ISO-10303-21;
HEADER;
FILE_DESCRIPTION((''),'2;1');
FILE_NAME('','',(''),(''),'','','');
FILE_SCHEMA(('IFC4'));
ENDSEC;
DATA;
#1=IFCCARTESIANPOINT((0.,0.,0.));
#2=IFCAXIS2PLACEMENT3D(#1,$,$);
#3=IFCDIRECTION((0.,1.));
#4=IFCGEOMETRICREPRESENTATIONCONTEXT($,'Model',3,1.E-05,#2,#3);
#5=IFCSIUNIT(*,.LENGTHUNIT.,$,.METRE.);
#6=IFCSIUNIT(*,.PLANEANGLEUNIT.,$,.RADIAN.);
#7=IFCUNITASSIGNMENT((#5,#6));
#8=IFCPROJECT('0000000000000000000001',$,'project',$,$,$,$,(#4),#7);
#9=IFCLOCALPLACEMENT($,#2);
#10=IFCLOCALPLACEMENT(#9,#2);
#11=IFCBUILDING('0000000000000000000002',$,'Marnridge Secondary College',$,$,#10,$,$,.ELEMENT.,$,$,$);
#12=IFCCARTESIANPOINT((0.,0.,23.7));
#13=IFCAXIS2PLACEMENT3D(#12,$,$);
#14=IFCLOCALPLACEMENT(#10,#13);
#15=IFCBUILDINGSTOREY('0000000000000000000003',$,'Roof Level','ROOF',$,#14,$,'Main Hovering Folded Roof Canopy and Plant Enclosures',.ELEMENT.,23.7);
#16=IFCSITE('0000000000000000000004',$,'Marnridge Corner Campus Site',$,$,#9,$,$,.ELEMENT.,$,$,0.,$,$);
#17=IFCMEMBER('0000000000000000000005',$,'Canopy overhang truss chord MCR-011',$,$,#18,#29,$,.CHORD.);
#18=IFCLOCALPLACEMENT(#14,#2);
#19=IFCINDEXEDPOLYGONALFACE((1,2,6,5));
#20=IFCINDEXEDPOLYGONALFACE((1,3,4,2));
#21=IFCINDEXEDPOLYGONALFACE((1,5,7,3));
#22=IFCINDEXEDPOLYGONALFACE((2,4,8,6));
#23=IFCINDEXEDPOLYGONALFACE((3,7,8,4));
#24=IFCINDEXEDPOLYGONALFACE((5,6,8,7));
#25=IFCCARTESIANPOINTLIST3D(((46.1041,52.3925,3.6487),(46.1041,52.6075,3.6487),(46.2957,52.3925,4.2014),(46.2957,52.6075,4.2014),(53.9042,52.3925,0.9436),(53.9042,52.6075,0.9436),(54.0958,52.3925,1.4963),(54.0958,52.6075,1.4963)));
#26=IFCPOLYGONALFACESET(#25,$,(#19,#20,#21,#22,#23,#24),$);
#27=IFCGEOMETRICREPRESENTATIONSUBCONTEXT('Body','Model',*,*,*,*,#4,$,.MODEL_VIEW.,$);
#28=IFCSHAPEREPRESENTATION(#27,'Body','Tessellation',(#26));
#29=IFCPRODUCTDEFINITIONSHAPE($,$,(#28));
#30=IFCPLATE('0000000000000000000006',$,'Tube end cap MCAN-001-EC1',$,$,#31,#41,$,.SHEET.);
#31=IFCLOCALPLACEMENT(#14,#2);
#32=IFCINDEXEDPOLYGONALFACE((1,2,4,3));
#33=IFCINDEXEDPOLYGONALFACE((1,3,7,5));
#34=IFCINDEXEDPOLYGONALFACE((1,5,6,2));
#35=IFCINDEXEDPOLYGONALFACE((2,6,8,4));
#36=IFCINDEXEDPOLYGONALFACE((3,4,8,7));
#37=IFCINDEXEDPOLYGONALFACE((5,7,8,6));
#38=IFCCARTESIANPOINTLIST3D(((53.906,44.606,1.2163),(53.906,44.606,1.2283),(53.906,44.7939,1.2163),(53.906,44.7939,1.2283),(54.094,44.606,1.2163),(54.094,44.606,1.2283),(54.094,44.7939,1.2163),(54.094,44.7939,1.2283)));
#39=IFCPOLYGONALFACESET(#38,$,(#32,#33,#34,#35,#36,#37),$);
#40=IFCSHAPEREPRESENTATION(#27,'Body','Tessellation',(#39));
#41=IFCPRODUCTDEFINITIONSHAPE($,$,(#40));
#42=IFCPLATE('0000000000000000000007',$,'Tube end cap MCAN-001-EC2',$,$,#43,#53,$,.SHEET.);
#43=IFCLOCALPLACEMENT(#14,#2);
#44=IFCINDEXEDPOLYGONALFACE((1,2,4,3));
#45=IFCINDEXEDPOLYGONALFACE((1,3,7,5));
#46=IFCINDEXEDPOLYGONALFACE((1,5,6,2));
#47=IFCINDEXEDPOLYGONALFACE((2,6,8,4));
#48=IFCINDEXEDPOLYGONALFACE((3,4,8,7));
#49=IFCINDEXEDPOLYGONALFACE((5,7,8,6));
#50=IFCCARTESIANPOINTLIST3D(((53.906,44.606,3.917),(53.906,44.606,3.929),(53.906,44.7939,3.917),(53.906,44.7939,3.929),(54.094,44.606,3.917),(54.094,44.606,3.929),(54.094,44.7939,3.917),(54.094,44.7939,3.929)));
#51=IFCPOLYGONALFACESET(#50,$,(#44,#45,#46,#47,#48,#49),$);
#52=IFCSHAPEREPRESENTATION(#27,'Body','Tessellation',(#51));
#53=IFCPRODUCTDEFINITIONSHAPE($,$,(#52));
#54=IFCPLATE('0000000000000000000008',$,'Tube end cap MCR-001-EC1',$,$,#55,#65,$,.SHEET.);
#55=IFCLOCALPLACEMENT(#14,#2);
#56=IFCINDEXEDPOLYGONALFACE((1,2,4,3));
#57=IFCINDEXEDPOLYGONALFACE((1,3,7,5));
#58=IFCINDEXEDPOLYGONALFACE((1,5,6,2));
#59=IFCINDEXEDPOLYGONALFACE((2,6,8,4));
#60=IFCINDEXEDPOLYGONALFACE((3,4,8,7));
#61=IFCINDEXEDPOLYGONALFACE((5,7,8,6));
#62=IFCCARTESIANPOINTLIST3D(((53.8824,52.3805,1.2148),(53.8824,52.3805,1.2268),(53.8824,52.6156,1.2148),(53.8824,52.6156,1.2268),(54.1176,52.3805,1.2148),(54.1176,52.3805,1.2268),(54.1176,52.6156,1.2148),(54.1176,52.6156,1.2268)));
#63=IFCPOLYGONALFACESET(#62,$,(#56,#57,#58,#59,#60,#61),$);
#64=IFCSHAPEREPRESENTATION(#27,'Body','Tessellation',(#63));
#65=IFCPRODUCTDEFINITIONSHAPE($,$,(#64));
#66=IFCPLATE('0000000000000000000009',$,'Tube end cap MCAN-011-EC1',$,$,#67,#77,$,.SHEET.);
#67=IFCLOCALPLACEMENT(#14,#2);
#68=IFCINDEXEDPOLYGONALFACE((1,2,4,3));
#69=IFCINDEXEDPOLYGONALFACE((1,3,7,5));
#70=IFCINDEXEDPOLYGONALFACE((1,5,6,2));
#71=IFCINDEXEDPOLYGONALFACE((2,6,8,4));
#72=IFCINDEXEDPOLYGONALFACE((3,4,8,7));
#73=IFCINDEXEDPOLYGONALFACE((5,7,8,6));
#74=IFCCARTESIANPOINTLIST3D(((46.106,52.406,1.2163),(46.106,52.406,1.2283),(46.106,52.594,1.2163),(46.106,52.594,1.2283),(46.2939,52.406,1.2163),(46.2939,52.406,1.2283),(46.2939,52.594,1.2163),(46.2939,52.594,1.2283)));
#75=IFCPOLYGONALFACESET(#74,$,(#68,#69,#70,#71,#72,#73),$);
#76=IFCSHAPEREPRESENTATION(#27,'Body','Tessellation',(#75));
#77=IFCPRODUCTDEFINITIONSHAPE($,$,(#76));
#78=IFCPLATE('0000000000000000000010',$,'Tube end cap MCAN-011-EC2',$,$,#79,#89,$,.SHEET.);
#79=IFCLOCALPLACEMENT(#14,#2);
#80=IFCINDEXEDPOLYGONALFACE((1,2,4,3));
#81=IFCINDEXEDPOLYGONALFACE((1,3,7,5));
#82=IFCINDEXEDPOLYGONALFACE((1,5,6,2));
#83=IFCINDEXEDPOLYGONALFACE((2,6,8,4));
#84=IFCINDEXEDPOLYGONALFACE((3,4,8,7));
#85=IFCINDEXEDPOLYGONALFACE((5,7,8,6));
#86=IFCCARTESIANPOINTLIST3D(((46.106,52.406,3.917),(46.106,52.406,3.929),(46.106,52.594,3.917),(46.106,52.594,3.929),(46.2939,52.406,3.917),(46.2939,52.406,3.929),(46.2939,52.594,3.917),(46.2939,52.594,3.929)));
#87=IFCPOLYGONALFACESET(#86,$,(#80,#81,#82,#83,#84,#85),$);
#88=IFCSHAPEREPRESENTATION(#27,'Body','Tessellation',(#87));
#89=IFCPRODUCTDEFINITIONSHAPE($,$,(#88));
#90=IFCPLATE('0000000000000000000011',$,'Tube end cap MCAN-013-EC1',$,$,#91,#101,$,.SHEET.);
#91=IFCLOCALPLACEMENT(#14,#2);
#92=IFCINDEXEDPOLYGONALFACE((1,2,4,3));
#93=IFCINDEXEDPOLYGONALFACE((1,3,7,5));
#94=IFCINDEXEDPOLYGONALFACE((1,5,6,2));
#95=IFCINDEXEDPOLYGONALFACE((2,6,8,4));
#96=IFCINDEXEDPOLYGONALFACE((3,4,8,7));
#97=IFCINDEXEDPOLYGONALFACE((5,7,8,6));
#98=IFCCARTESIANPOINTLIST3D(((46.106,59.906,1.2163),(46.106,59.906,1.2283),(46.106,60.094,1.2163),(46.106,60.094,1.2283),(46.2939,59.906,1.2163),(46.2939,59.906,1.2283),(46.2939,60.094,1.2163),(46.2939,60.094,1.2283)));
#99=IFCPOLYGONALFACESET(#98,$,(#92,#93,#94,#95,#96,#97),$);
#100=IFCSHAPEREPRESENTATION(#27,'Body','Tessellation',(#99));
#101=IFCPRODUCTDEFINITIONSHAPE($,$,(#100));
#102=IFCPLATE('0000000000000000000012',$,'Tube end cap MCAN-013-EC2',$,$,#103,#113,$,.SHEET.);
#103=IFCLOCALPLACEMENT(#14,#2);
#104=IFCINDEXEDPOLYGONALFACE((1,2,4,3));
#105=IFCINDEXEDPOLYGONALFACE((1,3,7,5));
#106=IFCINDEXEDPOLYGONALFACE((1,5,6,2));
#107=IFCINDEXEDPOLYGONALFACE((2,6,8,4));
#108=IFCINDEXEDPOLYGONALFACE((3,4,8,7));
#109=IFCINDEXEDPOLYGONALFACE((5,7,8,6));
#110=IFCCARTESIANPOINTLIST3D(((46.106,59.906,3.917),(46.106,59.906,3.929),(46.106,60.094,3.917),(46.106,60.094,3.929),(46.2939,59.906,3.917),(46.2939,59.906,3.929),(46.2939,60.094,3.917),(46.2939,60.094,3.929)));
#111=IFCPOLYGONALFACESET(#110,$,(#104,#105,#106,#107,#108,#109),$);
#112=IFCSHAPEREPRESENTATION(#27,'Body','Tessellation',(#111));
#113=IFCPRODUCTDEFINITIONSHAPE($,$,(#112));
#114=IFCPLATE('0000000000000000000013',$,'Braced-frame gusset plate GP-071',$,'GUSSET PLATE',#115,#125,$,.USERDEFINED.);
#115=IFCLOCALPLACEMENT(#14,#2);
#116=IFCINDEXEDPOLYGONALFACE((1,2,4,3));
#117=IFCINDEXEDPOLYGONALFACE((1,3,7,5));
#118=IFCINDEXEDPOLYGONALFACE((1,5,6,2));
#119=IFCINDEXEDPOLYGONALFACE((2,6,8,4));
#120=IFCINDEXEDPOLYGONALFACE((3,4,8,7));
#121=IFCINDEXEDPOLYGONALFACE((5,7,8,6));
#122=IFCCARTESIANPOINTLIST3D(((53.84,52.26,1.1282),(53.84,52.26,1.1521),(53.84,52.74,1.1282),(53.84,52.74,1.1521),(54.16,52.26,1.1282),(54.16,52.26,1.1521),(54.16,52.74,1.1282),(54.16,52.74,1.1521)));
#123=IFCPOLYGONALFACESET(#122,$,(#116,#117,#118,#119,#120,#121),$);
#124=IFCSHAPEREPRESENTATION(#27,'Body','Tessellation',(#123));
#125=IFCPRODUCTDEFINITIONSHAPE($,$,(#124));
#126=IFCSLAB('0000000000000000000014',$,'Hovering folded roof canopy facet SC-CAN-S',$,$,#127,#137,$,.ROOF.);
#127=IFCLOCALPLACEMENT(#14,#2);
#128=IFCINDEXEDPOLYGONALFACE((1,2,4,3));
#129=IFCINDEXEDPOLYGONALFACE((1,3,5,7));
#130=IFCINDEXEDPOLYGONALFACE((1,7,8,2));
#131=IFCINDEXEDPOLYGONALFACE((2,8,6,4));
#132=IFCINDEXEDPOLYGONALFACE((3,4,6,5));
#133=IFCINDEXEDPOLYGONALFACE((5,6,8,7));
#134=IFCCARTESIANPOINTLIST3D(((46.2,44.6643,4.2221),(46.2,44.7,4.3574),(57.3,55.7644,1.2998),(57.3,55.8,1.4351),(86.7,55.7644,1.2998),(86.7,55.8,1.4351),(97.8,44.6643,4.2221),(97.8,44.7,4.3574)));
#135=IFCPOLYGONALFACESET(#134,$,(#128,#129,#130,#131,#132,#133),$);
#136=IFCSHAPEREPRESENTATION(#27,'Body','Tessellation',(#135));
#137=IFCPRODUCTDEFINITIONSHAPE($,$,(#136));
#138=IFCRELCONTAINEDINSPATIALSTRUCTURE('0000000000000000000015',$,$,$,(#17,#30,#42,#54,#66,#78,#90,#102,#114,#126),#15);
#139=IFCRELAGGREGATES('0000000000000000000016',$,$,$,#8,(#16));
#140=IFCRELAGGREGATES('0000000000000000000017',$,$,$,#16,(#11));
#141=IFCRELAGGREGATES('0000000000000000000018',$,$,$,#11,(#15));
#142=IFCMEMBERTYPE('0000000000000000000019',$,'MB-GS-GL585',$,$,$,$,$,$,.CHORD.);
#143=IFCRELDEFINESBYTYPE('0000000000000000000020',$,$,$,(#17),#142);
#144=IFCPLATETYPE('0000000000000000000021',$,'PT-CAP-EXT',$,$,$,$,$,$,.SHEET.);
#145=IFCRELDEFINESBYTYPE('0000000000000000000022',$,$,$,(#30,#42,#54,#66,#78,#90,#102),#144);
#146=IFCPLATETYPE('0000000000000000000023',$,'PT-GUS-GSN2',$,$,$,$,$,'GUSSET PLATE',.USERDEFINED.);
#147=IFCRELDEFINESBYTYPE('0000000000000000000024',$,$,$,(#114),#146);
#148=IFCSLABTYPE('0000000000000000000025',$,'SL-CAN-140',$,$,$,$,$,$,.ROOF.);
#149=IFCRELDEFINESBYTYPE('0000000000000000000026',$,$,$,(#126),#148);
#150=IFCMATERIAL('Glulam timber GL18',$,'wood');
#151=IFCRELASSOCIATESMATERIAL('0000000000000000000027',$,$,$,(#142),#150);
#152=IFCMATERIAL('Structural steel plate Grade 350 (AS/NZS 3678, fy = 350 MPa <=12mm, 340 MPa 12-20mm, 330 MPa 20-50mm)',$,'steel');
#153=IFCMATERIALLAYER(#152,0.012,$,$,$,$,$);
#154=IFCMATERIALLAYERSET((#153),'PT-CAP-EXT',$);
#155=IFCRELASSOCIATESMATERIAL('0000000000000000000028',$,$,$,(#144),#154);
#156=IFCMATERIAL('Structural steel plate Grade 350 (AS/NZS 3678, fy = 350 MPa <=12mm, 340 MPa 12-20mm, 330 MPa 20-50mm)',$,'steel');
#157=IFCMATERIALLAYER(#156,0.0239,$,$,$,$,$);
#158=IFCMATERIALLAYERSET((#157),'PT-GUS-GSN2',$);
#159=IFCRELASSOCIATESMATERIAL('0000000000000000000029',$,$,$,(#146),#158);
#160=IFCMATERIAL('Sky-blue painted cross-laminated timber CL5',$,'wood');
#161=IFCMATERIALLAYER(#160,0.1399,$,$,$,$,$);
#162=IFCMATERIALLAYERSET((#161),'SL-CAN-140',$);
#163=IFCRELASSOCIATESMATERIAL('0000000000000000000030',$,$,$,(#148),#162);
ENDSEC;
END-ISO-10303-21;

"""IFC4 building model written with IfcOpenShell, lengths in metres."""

from ifc_helpers import new_model, si_unit, direction, frame, origin, origin_2d, place, context, subcontext, project, spatial, polyline, rectangle, outline, extrude, material, layer, layer_set, material_profile, profile_set, type_object, element, save


model = new_model("IFC4")

# Units and contexts
model_context = context("Model", 3, precision=1e-05, world=origin(), true_north=direction((0.0, 1.0)))
body_context = subcontext(model_context, "Body", "Model", "MODEL_VIEW")
ifc_project = project(units=[si_unit("LENGTHUNIT", "METRE"), si_unit("PLANEANGLEUNIT", "RADIAN")], contexts=[model_context])

# Site, building, storey
site_placement = place(None, origin())
site = spatial("IfcSite", under=ifc_project, at=site_placement, Name="Marnridge Corner Campus Site", CompositionType="ELEMENT", RefElevation=0.0)
building_placement = place(site_placement, origin())
building = spatial("IfcBuilding", under=site, at=building_placement, Name="Marnridge Secondary College", CompositionType="ELEMENT")
storey_placement = place(building_placement, frame((0.0, 0.0, 23.7)))
storey = spatial("IfcBuildingStorey", under=building, at=storey_placement, Name="Roof Level", Description="ROOF", LongName="Main Hovering Folded Roof Canopy and Plant Enclosures", CompositionType="ELEMENT", Elevation=23.7)

# Member
ifc_material_1 = material(Name="Glulam timber GL18", Category="wood")
ifc_material_profile_1 = material_profile(ifc_material_1, rectangle(XDim=0.2151, YDim=0.585, at=origin_2d()), Name="GL18 215x585")
ifc_profile_set_1 = profile_set([ifc_material_profile_1], Name="Glulam timber GL18")
member_type_1 = type_object("IfcMemberType", Name="MB-GS-GL585", PredefinedType="CHORD", material=ifc_profile_set_1)
for number, where, z_axis, x_axis, name in (
    (1, (54.0, 52.5, 1.22), (-0.944796, 0.0, 0.327658), (0.0, -1.0, 0.0), "Canopy overhang truss chord MCR-011"),
):
    element("IfcMember", number, at=place(storey_placement, frame(where, z_axis=z_axis, x_axis=x_axis)), inside=storey, type_object=member_type_1, Name=name, PredefinedType="CHORD", context=body_context, shape_type="SweptSolid", body=[
        extrude(rectangle(XDim=0.2151, YDim=0.585, at=origin_2d()), origin(), (0.0, 0.0, 1.0), 8.2559),
    ])

# Plates
ifc_material_2 = material(Name="Structural steel plate Grade 350 (AS/NZS 3678, fy = 350 MPa <=12mm, 340 MPa 12-20mm, 330 MPa 20-50mm)", Category="steel")
ifc_layer_1 = layer(ifc_material_2, 0.012)
ifc_layer_set_1 = layer_set([ifc_layer_1], Name="PT-CAP-EXT")
plate_type_1 = type_object("IfcPlateType", Name="PT-CAP-EXT", PredefinedType="SHEET", material=ifc_layer_set_1)
for number, where, z_axis, x_axis, name in (
    (2, (54.0, 44.7, 1.2163), (0.0, 0.0, 1.0), (1.0, 0.0, 0.0), "Tube end cap MCAN-001-EC1"),
    (3, (54.0, 44.7, 3.917), (0.0, 0.0, 1.0), (1.0, 0.0, 0.0), "Tube end cap MCAN-001-EC2"),
):
    element("IfcPlate", number, at=place(storey_placement, frame(where, z_axis=z_axis, x_axis=x_axis)), inside=storey, type_object=plate_type_1, Name=name, PredefinedType="SHEET", context=body_context, shape_type="SweptSolid", body=[
        extrude(rectangle(XDim=0.188, YDim=0.188, at=origin_2d()), origin(), (0.0, 0.0, 1.0), 0.012),
    ])
plate_1_placement = place(storey_placement, frame((54.0, 52.498, 1.2148), z_axis=(0.0, 0.0, 1.0), x_axis=(0.0, -1.0, 0.0)))
element("IfcPlate", 4, at=plate_1_placement, inside=storey, type_object=plate_type_1, Name="Tube end cap MCR-001-EC1", PredefinedType="SHEET", context=body_context, shape_type="SweptSolid", body=[
    extrude(rectangle(XDim=0.2351, YDim=0.2351, at=origin_2d()), origin(), (0.0, 0.0, 1.0), 0.012),
])
for number, where, z_axis, x_axis, name in (
    (5, (46.2, 52.5, 1.2163), (0.0, 0.0, 1.0), (1.0, 0.0, 0.0), "Tube end cap MCAN-011-EC1"),
    (6, (46.2, 52.5, 3.917), (0.0, 0.0, 1.0), (1.0, 0.0, 0.0), "Tube end cap MCAN-011-EC2"),
    (7, (46.2, 60.0, 1.2163), (0.0, 0.0, 1.0), (1.0, 0.0, 0.0), "Tube end cap MCAN-013-EC1"),
    (8, (46.2, 60.0, 3.917), (0.0, 0.0, 1.0), (1.0, 0.0, 0.0), "Tube end cap MCAN-013-EC2"),
):
    element("IfcPlate", number, at=place(storey_placement, frame(where, z_axis=z_axis, x_axis=x_axis)), inside=storey, type_object=plate_type_1, Name=name, PredefinedType="SHEET", context=body_context, shape_type="SweptSolid", body=[
        extrude(rectangle(XDim=0.188, YDim=0.188, at=origin_2d()), origin(), (0.0, 0.0, 1.0), 0.012),
    ])
ifc_material_3 = material(Name="Structural steel plate Grade 350 (AS/NZS 3678, fy = 350 MPa <=12mm, 340 MPa 12-20mm, 330 MPa 20-50mm)", Category="steel")
ifc_layer_2 = layer(ifc_material_3, 0.0239)
ifc_layer_set_2 = layer_set([ifc_layer_2], Name="PT-GUS-GSN2")
plate_type_2 = type_object("IfcPlateType", Name="PT-GUS-GSN2", ElementType="GUSSET PLATE", PredefinedType="USERDEFINED", material=ifc_layer_set_2)
plate_2_placement = place(storey_placement, frame((54.0, 52.5, 1.1282), z_axis=(0.0, 0.0, 1.0), x_axis=(0.0, 1.0, 0.0)))
element("IfcPlate", 9, at=plate_2_placement, inside=storey, type_object=plate_type_2, Name="Braced-frame gusset plate GP-071", ObjectType="GUSSET PLATE", PredefinedType="USERDEFINED", context=body_context, shape_type="SweptSolid", body=[
    extrude(rectangle(XDim=0.48, YDim=0.3201, at=origin_2d()), origin(), (0.0, 0.0, 1.0), 0.0239),
])

# Slab
ifc_material_4 = material(Name="Sky-blue painted cross-laminated timber CL5", Category="wood")
ifc_layer_3 = layer(ifc_material_4, 0.1399)
ifc_layer_set_3 = layer_set([ifc_layer_3], Name="SL-CAN-140")
slab_type = type_object("IfcSlabType", Name="SL-CAN-140", PredefinedType="ROOF", material=ifc_layer_set_3)
slab_placement = place(storey_placement, frame((46.2, 44.7, 4.3574), z_axis=(0.0, 0.254598, 0.967047), x_axis=(1.0, 0.0, 0.0)))
element("IfcSlab", 10, at=slab_placement, inside=storey, type_object=slab_type, Name="Hovering folded roof canopy facet SC-CAN-S", PredefinedType="ROOF", context=body_context, shape_type="SweptSolid", body=[
    extrude(outline(polyline([(0.0, 0.0), (51.6001, 0.0), (40.5, 11.4783), (11.1001, 11.4783), (0.0, 0.0)])), origin(), (0.0, 0.0, -1.0), 0.1399),
])

save(model, "model.ifc")
